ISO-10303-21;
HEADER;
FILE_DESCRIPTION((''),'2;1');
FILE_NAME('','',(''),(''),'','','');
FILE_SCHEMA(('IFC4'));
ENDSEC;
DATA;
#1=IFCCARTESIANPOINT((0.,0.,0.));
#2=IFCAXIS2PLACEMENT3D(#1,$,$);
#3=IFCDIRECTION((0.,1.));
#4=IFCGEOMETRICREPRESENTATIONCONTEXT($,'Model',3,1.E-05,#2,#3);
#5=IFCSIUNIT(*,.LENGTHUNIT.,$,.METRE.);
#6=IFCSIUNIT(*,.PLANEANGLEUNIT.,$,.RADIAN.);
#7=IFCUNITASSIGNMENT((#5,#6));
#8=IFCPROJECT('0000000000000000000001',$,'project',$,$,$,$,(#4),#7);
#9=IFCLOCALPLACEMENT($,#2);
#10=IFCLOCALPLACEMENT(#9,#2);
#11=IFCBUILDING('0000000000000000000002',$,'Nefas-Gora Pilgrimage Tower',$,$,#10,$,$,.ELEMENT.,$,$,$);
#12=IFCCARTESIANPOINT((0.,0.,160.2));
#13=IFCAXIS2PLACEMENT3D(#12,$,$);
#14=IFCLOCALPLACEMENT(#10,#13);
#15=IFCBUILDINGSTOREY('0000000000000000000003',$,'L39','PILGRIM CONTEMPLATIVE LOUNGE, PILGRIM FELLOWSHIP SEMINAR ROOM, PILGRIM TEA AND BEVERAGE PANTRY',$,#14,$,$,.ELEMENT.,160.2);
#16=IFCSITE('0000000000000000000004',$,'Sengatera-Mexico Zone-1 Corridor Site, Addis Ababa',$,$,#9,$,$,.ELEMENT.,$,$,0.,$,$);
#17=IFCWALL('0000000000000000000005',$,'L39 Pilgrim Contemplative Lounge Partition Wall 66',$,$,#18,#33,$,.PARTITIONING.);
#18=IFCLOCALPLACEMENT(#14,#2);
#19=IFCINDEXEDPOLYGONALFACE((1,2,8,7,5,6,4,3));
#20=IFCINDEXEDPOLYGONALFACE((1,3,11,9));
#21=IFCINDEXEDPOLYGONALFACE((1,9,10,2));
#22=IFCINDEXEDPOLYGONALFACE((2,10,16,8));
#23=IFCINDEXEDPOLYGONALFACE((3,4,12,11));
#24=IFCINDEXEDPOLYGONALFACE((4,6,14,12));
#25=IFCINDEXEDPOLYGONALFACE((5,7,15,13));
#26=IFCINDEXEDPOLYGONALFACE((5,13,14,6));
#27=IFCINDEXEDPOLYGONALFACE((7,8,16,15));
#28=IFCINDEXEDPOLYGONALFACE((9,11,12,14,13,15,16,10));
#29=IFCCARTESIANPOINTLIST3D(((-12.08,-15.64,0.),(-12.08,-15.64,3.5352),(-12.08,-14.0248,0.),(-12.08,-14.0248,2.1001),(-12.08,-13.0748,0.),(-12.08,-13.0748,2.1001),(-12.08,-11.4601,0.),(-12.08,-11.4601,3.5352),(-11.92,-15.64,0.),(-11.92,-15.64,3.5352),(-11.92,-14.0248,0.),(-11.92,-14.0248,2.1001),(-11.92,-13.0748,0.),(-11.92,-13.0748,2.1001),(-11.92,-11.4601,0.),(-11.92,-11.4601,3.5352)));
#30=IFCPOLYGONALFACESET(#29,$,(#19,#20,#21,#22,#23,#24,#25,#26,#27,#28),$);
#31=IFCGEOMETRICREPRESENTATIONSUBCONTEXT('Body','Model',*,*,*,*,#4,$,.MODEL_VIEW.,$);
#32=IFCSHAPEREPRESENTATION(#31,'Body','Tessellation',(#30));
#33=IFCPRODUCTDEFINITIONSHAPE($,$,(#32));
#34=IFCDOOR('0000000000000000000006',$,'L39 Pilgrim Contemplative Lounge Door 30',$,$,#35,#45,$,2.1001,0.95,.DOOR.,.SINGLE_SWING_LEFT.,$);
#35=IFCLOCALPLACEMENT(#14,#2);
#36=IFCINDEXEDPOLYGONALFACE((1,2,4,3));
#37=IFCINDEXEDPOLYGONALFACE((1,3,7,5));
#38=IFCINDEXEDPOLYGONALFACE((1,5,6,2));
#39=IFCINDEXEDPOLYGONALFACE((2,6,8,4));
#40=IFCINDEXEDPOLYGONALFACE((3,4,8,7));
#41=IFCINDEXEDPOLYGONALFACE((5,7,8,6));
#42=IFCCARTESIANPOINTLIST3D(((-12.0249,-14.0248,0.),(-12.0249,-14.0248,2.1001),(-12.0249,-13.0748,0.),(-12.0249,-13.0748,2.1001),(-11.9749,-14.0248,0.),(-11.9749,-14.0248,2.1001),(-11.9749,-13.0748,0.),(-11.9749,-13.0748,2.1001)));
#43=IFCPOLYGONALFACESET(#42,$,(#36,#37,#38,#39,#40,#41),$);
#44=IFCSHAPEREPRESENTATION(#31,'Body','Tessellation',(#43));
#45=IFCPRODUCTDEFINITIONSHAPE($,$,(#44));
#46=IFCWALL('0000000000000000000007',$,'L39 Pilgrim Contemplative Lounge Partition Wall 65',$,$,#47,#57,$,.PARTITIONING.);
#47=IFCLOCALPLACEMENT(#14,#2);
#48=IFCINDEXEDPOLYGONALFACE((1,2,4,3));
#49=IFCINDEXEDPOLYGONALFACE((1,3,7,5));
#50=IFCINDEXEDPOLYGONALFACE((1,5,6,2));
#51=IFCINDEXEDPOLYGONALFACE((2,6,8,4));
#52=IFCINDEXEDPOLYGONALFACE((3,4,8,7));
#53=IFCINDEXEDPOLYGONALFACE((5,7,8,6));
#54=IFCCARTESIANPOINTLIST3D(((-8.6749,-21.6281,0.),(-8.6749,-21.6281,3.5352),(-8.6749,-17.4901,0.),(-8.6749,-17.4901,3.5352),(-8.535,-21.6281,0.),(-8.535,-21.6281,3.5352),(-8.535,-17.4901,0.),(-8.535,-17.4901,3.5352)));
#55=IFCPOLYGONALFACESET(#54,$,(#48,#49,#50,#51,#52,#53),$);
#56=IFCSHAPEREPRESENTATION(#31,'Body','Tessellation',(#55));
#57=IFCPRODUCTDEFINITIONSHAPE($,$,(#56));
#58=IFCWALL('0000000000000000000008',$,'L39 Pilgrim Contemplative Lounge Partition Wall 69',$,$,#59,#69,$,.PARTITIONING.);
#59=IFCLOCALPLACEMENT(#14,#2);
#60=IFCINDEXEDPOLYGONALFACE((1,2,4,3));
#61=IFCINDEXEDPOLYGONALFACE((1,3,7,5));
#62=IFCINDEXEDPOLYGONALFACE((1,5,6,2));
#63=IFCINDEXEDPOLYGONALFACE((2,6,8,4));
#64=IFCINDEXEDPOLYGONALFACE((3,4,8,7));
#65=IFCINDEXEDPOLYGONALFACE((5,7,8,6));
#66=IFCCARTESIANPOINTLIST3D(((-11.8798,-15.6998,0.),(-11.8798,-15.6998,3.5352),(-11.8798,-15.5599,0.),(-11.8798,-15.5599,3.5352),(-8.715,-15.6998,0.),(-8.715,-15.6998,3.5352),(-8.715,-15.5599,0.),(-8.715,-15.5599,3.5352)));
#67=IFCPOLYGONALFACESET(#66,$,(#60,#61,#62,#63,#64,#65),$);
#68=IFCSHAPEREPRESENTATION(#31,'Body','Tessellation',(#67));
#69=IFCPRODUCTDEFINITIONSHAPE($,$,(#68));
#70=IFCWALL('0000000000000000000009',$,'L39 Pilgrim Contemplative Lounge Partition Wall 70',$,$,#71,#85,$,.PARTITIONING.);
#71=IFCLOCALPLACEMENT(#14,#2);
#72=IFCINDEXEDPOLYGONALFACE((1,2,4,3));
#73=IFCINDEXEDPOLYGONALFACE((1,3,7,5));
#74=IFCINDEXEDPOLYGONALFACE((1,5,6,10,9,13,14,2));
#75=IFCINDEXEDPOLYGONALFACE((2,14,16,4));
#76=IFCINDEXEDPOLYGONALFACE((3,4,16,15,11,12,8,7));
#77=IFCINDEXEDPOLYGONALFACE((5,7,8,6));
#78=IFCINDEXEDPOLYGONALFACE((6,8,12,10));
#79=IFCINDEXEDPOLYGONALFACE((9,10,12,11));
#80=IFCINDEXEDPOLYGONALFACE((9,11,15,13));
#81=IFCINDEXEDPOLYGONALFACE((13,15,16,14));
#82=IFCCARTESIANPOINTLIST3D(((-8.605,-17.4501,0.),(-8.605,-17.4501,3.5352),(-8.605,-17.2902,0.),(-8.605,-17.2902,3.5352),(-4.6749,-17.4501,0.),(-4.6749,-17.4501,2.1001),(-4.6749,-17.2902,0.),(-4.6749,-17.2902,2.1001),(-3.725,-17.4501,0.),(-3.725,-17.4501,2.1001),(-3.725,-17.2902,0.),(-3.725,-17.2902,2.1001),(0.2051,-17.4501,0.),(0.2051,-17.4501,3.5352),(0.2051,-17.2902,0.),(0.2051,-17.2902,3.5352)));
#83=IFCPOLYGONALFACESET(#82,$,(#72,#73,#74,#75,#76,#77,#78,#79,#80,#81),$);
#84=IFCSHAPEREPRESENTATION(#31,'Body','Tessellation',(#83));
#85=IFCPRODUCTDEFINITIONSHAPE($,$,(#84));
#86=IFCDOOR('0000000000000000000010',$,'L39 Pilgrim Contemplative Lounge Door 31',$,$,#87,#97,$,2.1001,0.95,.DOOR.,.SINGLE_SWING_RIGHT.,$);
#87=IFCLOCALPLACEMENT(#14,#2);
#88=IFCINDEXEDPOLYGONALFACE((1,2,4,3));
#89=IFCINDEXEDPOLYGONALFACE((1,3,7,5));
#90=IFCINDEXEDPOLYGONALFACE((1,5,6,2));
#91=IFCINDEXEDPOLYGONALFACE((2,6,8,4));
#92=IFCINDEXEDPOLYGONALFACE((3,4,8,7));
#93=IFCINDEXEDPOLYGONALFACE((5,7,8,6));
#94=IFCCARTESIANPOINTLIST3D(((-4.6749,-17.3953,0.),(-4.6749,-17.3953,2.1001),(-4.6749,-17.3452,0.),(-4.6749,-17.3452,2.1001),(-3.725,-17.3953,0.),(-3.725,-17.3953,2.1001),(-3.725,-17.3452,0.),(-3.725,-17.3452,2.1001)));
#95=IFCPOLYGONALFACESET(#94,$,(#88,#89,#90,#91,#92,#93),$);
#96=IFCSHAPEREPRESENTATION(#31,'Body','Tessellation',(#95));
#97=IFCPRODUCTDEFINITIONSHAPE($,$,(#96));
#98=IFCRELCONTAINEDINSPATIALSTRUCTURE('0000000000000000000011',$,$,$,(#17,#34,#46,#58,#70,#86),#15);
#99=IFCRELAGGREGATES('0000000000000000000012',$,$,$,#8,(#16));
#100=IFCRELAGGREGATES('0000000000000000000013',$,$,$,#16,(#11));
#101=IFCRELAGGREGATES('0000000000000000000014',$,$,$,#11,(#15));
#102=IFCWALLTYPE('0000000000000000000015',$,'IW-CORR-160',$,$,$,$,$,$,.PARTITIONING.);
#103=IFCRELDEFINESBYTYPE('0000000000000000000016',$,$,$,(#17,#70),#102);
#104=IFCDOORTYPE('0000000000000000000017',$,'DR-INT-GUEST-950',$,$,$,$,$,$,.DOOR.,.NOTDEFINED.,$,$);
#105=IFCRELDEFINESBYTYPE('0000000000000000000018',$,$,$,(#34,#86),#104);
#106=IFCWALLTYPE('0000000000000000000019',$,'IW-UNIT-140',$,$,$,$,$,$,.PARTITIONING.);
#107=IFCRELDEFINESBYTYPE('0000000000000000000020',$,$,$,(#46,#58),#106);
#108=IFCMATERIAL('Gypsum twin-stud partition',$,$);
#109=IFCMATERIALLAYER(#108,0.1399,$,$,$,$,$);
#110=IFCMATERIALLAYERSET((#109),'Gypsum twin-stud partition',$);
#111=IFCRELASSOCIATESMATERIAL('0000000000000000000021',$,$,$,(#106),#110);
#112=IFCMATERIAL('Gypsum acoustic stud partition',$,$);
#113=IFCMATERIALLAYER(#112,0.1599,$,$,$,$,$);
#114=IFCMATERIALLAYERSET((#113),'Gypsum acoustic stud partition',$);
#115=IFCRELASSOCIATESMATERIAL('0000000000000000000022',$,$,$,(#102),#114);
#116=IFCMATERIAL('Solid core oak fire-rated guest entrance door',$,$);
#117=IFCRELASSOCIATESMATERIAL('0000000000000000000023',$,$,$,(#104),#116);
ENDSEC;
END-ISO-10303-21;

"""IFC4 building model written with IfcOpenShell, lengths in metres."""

from ifc_helpers import new_model, si_unit, direction, frame, frame_2d, origin, place, context, subcontext, project, spatial, rectangle, extrude, source, transform, mapped, material, layer, layer_set, type_object, element, fill, save


model = new_model("IFC4")

# Units and contexts
model_context = context("Model", 3, precision=1e-05, world=origin(), true_north=direction((0.0, 1.0)))
body_context = subcontext(model_context, "Body", "Model", "MODEL_VIEW")
ifc_project = project(units=[si_unit("LENGTHUNIT", "METRE"), si_unit("PLANEANGLEUNIT", "RADIAN")], contexts=[model_context])

# Site, building, storey
site_placement = place(None, origin())
site = spatial("IfcSite", under=ifc_project, at=site_placement, Name="Sengatera-Mexico Zone-1 Corridor Site, Addis Ababa", CompositionType="ELEMENT", RefElevation=0.0)
building_placement = place(site_placement, origin())
building = spatial("IfcBuilding", under=site, at=building_placement, Name="Nefas-Gora Pilgrimage Tower", CompositionType="ELEMENT")
storey_placement = place(building_placement, frame((0.0, 0.0, 160.2)))
storey = spatial("IfcBuildingStorey", under=building, at=storey_placement, Name="L39", Description="PILGRIM CONTEMPLATIVE LOUNGE, PILGRIM FELLOWSHIP SEMINAR ROOM, PILGRIM TEA AND BEVERAGE PANTRY", CompositionType="ELEMENT", Elevation=160.2)

# Shared definitions
ifc_material_1 = material(Name="Gypsum twin-stud partition")
ifc_layer_1 = layer(ifc_material_1, 0.1399)
ifc_layer_set_1 = layer_set([ifc_layer_1], Name="Gypsum twin-stud partition")
wall_type_1 = type_object("IfcWallType", Name="IW-UNIT-140", PredefinedType="PARTITIONING", material=ifc_layer_set_1)

# Wall, opening, door
ifc_material_2 = material(Name="Gypsum acoustic stud partition")
ifc_layer_2 = layer(ifc_material_2, 0.1599)
ifc_layer_set_2 = layer_set([ifc_layer_2], Name="Gypsum acoustic stud partition")
wall_type_2 = type_object("IfcWallType", Name="IW-CORR-160", PredefinedType="PARTITIONING", material=ifc_layer_set_2)
shared_shape_1 = source(origin(), body_context, "Body", "SweptSolid", [
    extrude(rectangle(XDim=4.1799, YDim=0.1599, at=frame_2d((2.0898, 0.0))), origin(), (0.0, 0.0, 1.0), 3.5352),
])
wall_1_placement = place(storey_placement, frame((-12.0, -15.6399, 0.0), z_axis=(0.0, 0.0, 1.0), x_axis=(0.0, 1.0, 0.0)))
wall_1 = element("IfcWall", 1, at=wall_1_placement, inside=storey, type_object=wall_type_2, Name="L39 Pilgrim Contemplative Lounge Partition Wall 66", PredefinedType="PARTITIONING", context=body_context, shape_type="MappedRepresentation", body=[
    mapped(shared_shape_1, transform((0.0, 0.0, 0.0), x_axis=(1.0, 0.0, 0.0), y_axis=(0.0, 1.0, 0.0), z_axis=(0.0, 0.0, 1.0), scale=1.0)),
])
opening_1_placement = place(wall_1_placement, frame((1.615, 0.0, 0.0)))
opening_1 = element("IfcOpeningElement", 2, at=opening_1_placement, cuts=wall_1, PredefinedType="OPENING", context=body_context, shape_type="SweptSolid", body=[
    extrude(rectangle(XDim=0.95, YDim=2.1001, at=frame_2d((0.4751, 1.05))), frame((0.0, 0.0898, 0.0), z_axis=(0.0, -1.0, 0.0), x_axis=(1.0, 0.0, 0.0)), (0.0, 0.0, 1.0), 0.1799),
])
ifc_material_3 = material(Name="Solid core oak fire-rated guest entrance door")
door_type = type_object("IfcDoorType", Name="DR-INT-GUEST-950", OperationType="NOTDEFINED", PredefinedType="DOOR", material=ifc_material_3)
shared_shape_2 = source(origin(), body_context, "Body", "SweptSolid", [
    extrude(rectangle(XDim=0.95, YDim=2.1001, at=frame_2d((0.4751, 1.05))), frame((0.0, 0.0249, 0.0), z_axis=(0.0, -1.0, 0.0), x_axis=(1.0, 0.0, 0.0)), (0.0, 0.0, 1.0), 0.05),
])
door_1_placement = place(opening_1_placement, origin())
door_1 = element("IfcDoor", 3, at=door_1_placement, inside=storey, type_object=door_type, Name="L39 Pilgrim Contemplative Lounge Door 30", OperationType="SINGLE_SWING_LEFT", OverallHeight=2.1001, OverallWidth=0.95, PredefinedType="DOOR", context=body_context, shape_type="MappedRepresentation", body=[
    mapped(shared_shape_2, transform((0.0, 0.0, 0.0), x_axis=(1.0, 0.0, 0.0), y_axis=(0.0, 1.0, 0.0), z_axis=(0.0, 0.0, 1.0), scale=1.0)),
])
fill(opening_1, door_1)

# Walls
shared_shape_3 = source(origin(), body_context, "Body", "SweptSolid", [
    extrude(rectangle(XDim=4.1379, YDim=0.1399, at=frame_2d((2.0688, 0.0))), origin(), (0.0, 0.0, 1.0), 3.5352),
])
wall_2_placement = place(storey_placement, frame((-8.605, -21.6279, 0.0), z_axis=(0.0, 0.0, 1.0), x_axis=(0.0, 1.0, 0.0)))
element("IfcWall", 4, at=wall_2_placement, inside=storey, type_object=wall_type_1, Name="L39 Pilgrim Contemplative Lounge Partition Wall 65", PredefinedType="PARTITIONING", context=body_context, shape_type="MappedRepresentation", body=[
    mapped(shared_shape_3, transform((0.0, 0.0, 0.0), x_axis=(1.0, 0.0, 0.0), y_axis=(0.0, 1.0, 0.0), z_axis=(0.0, 0.0, 1.0), scale=1.0)),
])
shared_shape_4 = source(origin(), body_context, "Body", "SweptSolid", [
    extrude(rectangle(XDim=3.1648, YDim=0.1399, at=frame_2d((1.5825, 0.0))), origin(), (0.0, 0.0, 1.0), 3.5352),
])
wall_3_placement = place(storey_placement, frame((-11.8799, -15.6299, 0.0), z_axis=(0.0, 0.0, 1.0), x_axis=(1.0, 0.0, 0.0)))
element("IfcWall", 5, at=wall_3_placement, inside=storey, type_object=wall_type_1, Name="L39 Pilgrim Contemplative Lounge Partition Wall 69", PredefinedType="PARTITIONING", context=body_context, shape_type="MappedRepresentation", body=[
    mapped(shared_shape_4, transform((0.0, 0.0, 0.0), x_axis=(1.0, 0.0, 0.0), y_axis=(0.0, 1.0, 0.0), z_axis=(0.0, 0.0, 1.0), scale=1.0)),
])

# Wall, opening, door
shared_shape_5 = source(origin(), body_context, "Body", "SweptSolid", [
    extrude(rectangle(XDim=8.8101, YDim=0.1599, at=frame_2d((4.405, 0.0))), origin(), (0.0, 0.0, 1.0), 3.5352),
])
wall_4_placement = place(storey_placement, frame((-8.605, -17.3701, 0.0), z_axis=(0.0, 0.0, 1.0), x_axis=(1.0, 0.0, 0.0)))
wall_4 = element("IfcWall", 6, at=wall_4_placement, inside=storey, type_object=wall_type_2, Name="L39 Pilgrim Contemplative Lounge Partition Wall 70", PredefinedType="PARTITIONING", context=body_context, shape_type="MappedRepresentation", body=[
    mapped(shared_shape_5, transform((0.0, 0.0, 0.0), x_axis=(1.0, 0.0, 0.0), y_axis=(0.0, 1.0, 0.0), z_axis=(0.0, 0.0, 1.0), scale=1.0)),
])
opening_2_placement = place(wall_4_placement, frame((3.9299, 0.0, 0.0)))
opening_2 = element("IfcOpeningElement", 7, at=opening_2_placement, cuts=wall_4, PredefinedType="OPENING", context=body_context, shape_type="SweptSolid", body=[
    extrude(rectangle(XDim=0.95, YDim=2.1001, at=frame_2d((0.4751, 1.05))), frame((0.0, 0.0898, 0.0), z_axis=(0.0, -1.0, 0.0), x_axis=(1.0, 0.0, 0.0)), (0.0, 0.0, 1.0), 0.1799),
])
door_2_placement = place(opening_2_placement, origin())
door_2 = element("IfcDoor", 8, at=door_2_placement, inside=storey, type_object=door_type, Name="L39 Pilgrim Contemplative Lounge Door 31", OperationType="SINGLE_SWING_RIGHT", OverallHeight=2.1001, OverallWidth=0.95, PredefinedType="DOOR", context=body_context, shape_type="MappedRepresentation", body=[
    mapped(shared_shape_2, transform((0.0, 0.0, 0.0), x_axis=(1.0, 0.0, 0.0), y_axis=(0.0, 1.0, 0.0), z_axis=(0.0, 0.0, 1.0), scale=1.0)),
])
fill(opening_2, door_2)

save(model, "model.ifc")
